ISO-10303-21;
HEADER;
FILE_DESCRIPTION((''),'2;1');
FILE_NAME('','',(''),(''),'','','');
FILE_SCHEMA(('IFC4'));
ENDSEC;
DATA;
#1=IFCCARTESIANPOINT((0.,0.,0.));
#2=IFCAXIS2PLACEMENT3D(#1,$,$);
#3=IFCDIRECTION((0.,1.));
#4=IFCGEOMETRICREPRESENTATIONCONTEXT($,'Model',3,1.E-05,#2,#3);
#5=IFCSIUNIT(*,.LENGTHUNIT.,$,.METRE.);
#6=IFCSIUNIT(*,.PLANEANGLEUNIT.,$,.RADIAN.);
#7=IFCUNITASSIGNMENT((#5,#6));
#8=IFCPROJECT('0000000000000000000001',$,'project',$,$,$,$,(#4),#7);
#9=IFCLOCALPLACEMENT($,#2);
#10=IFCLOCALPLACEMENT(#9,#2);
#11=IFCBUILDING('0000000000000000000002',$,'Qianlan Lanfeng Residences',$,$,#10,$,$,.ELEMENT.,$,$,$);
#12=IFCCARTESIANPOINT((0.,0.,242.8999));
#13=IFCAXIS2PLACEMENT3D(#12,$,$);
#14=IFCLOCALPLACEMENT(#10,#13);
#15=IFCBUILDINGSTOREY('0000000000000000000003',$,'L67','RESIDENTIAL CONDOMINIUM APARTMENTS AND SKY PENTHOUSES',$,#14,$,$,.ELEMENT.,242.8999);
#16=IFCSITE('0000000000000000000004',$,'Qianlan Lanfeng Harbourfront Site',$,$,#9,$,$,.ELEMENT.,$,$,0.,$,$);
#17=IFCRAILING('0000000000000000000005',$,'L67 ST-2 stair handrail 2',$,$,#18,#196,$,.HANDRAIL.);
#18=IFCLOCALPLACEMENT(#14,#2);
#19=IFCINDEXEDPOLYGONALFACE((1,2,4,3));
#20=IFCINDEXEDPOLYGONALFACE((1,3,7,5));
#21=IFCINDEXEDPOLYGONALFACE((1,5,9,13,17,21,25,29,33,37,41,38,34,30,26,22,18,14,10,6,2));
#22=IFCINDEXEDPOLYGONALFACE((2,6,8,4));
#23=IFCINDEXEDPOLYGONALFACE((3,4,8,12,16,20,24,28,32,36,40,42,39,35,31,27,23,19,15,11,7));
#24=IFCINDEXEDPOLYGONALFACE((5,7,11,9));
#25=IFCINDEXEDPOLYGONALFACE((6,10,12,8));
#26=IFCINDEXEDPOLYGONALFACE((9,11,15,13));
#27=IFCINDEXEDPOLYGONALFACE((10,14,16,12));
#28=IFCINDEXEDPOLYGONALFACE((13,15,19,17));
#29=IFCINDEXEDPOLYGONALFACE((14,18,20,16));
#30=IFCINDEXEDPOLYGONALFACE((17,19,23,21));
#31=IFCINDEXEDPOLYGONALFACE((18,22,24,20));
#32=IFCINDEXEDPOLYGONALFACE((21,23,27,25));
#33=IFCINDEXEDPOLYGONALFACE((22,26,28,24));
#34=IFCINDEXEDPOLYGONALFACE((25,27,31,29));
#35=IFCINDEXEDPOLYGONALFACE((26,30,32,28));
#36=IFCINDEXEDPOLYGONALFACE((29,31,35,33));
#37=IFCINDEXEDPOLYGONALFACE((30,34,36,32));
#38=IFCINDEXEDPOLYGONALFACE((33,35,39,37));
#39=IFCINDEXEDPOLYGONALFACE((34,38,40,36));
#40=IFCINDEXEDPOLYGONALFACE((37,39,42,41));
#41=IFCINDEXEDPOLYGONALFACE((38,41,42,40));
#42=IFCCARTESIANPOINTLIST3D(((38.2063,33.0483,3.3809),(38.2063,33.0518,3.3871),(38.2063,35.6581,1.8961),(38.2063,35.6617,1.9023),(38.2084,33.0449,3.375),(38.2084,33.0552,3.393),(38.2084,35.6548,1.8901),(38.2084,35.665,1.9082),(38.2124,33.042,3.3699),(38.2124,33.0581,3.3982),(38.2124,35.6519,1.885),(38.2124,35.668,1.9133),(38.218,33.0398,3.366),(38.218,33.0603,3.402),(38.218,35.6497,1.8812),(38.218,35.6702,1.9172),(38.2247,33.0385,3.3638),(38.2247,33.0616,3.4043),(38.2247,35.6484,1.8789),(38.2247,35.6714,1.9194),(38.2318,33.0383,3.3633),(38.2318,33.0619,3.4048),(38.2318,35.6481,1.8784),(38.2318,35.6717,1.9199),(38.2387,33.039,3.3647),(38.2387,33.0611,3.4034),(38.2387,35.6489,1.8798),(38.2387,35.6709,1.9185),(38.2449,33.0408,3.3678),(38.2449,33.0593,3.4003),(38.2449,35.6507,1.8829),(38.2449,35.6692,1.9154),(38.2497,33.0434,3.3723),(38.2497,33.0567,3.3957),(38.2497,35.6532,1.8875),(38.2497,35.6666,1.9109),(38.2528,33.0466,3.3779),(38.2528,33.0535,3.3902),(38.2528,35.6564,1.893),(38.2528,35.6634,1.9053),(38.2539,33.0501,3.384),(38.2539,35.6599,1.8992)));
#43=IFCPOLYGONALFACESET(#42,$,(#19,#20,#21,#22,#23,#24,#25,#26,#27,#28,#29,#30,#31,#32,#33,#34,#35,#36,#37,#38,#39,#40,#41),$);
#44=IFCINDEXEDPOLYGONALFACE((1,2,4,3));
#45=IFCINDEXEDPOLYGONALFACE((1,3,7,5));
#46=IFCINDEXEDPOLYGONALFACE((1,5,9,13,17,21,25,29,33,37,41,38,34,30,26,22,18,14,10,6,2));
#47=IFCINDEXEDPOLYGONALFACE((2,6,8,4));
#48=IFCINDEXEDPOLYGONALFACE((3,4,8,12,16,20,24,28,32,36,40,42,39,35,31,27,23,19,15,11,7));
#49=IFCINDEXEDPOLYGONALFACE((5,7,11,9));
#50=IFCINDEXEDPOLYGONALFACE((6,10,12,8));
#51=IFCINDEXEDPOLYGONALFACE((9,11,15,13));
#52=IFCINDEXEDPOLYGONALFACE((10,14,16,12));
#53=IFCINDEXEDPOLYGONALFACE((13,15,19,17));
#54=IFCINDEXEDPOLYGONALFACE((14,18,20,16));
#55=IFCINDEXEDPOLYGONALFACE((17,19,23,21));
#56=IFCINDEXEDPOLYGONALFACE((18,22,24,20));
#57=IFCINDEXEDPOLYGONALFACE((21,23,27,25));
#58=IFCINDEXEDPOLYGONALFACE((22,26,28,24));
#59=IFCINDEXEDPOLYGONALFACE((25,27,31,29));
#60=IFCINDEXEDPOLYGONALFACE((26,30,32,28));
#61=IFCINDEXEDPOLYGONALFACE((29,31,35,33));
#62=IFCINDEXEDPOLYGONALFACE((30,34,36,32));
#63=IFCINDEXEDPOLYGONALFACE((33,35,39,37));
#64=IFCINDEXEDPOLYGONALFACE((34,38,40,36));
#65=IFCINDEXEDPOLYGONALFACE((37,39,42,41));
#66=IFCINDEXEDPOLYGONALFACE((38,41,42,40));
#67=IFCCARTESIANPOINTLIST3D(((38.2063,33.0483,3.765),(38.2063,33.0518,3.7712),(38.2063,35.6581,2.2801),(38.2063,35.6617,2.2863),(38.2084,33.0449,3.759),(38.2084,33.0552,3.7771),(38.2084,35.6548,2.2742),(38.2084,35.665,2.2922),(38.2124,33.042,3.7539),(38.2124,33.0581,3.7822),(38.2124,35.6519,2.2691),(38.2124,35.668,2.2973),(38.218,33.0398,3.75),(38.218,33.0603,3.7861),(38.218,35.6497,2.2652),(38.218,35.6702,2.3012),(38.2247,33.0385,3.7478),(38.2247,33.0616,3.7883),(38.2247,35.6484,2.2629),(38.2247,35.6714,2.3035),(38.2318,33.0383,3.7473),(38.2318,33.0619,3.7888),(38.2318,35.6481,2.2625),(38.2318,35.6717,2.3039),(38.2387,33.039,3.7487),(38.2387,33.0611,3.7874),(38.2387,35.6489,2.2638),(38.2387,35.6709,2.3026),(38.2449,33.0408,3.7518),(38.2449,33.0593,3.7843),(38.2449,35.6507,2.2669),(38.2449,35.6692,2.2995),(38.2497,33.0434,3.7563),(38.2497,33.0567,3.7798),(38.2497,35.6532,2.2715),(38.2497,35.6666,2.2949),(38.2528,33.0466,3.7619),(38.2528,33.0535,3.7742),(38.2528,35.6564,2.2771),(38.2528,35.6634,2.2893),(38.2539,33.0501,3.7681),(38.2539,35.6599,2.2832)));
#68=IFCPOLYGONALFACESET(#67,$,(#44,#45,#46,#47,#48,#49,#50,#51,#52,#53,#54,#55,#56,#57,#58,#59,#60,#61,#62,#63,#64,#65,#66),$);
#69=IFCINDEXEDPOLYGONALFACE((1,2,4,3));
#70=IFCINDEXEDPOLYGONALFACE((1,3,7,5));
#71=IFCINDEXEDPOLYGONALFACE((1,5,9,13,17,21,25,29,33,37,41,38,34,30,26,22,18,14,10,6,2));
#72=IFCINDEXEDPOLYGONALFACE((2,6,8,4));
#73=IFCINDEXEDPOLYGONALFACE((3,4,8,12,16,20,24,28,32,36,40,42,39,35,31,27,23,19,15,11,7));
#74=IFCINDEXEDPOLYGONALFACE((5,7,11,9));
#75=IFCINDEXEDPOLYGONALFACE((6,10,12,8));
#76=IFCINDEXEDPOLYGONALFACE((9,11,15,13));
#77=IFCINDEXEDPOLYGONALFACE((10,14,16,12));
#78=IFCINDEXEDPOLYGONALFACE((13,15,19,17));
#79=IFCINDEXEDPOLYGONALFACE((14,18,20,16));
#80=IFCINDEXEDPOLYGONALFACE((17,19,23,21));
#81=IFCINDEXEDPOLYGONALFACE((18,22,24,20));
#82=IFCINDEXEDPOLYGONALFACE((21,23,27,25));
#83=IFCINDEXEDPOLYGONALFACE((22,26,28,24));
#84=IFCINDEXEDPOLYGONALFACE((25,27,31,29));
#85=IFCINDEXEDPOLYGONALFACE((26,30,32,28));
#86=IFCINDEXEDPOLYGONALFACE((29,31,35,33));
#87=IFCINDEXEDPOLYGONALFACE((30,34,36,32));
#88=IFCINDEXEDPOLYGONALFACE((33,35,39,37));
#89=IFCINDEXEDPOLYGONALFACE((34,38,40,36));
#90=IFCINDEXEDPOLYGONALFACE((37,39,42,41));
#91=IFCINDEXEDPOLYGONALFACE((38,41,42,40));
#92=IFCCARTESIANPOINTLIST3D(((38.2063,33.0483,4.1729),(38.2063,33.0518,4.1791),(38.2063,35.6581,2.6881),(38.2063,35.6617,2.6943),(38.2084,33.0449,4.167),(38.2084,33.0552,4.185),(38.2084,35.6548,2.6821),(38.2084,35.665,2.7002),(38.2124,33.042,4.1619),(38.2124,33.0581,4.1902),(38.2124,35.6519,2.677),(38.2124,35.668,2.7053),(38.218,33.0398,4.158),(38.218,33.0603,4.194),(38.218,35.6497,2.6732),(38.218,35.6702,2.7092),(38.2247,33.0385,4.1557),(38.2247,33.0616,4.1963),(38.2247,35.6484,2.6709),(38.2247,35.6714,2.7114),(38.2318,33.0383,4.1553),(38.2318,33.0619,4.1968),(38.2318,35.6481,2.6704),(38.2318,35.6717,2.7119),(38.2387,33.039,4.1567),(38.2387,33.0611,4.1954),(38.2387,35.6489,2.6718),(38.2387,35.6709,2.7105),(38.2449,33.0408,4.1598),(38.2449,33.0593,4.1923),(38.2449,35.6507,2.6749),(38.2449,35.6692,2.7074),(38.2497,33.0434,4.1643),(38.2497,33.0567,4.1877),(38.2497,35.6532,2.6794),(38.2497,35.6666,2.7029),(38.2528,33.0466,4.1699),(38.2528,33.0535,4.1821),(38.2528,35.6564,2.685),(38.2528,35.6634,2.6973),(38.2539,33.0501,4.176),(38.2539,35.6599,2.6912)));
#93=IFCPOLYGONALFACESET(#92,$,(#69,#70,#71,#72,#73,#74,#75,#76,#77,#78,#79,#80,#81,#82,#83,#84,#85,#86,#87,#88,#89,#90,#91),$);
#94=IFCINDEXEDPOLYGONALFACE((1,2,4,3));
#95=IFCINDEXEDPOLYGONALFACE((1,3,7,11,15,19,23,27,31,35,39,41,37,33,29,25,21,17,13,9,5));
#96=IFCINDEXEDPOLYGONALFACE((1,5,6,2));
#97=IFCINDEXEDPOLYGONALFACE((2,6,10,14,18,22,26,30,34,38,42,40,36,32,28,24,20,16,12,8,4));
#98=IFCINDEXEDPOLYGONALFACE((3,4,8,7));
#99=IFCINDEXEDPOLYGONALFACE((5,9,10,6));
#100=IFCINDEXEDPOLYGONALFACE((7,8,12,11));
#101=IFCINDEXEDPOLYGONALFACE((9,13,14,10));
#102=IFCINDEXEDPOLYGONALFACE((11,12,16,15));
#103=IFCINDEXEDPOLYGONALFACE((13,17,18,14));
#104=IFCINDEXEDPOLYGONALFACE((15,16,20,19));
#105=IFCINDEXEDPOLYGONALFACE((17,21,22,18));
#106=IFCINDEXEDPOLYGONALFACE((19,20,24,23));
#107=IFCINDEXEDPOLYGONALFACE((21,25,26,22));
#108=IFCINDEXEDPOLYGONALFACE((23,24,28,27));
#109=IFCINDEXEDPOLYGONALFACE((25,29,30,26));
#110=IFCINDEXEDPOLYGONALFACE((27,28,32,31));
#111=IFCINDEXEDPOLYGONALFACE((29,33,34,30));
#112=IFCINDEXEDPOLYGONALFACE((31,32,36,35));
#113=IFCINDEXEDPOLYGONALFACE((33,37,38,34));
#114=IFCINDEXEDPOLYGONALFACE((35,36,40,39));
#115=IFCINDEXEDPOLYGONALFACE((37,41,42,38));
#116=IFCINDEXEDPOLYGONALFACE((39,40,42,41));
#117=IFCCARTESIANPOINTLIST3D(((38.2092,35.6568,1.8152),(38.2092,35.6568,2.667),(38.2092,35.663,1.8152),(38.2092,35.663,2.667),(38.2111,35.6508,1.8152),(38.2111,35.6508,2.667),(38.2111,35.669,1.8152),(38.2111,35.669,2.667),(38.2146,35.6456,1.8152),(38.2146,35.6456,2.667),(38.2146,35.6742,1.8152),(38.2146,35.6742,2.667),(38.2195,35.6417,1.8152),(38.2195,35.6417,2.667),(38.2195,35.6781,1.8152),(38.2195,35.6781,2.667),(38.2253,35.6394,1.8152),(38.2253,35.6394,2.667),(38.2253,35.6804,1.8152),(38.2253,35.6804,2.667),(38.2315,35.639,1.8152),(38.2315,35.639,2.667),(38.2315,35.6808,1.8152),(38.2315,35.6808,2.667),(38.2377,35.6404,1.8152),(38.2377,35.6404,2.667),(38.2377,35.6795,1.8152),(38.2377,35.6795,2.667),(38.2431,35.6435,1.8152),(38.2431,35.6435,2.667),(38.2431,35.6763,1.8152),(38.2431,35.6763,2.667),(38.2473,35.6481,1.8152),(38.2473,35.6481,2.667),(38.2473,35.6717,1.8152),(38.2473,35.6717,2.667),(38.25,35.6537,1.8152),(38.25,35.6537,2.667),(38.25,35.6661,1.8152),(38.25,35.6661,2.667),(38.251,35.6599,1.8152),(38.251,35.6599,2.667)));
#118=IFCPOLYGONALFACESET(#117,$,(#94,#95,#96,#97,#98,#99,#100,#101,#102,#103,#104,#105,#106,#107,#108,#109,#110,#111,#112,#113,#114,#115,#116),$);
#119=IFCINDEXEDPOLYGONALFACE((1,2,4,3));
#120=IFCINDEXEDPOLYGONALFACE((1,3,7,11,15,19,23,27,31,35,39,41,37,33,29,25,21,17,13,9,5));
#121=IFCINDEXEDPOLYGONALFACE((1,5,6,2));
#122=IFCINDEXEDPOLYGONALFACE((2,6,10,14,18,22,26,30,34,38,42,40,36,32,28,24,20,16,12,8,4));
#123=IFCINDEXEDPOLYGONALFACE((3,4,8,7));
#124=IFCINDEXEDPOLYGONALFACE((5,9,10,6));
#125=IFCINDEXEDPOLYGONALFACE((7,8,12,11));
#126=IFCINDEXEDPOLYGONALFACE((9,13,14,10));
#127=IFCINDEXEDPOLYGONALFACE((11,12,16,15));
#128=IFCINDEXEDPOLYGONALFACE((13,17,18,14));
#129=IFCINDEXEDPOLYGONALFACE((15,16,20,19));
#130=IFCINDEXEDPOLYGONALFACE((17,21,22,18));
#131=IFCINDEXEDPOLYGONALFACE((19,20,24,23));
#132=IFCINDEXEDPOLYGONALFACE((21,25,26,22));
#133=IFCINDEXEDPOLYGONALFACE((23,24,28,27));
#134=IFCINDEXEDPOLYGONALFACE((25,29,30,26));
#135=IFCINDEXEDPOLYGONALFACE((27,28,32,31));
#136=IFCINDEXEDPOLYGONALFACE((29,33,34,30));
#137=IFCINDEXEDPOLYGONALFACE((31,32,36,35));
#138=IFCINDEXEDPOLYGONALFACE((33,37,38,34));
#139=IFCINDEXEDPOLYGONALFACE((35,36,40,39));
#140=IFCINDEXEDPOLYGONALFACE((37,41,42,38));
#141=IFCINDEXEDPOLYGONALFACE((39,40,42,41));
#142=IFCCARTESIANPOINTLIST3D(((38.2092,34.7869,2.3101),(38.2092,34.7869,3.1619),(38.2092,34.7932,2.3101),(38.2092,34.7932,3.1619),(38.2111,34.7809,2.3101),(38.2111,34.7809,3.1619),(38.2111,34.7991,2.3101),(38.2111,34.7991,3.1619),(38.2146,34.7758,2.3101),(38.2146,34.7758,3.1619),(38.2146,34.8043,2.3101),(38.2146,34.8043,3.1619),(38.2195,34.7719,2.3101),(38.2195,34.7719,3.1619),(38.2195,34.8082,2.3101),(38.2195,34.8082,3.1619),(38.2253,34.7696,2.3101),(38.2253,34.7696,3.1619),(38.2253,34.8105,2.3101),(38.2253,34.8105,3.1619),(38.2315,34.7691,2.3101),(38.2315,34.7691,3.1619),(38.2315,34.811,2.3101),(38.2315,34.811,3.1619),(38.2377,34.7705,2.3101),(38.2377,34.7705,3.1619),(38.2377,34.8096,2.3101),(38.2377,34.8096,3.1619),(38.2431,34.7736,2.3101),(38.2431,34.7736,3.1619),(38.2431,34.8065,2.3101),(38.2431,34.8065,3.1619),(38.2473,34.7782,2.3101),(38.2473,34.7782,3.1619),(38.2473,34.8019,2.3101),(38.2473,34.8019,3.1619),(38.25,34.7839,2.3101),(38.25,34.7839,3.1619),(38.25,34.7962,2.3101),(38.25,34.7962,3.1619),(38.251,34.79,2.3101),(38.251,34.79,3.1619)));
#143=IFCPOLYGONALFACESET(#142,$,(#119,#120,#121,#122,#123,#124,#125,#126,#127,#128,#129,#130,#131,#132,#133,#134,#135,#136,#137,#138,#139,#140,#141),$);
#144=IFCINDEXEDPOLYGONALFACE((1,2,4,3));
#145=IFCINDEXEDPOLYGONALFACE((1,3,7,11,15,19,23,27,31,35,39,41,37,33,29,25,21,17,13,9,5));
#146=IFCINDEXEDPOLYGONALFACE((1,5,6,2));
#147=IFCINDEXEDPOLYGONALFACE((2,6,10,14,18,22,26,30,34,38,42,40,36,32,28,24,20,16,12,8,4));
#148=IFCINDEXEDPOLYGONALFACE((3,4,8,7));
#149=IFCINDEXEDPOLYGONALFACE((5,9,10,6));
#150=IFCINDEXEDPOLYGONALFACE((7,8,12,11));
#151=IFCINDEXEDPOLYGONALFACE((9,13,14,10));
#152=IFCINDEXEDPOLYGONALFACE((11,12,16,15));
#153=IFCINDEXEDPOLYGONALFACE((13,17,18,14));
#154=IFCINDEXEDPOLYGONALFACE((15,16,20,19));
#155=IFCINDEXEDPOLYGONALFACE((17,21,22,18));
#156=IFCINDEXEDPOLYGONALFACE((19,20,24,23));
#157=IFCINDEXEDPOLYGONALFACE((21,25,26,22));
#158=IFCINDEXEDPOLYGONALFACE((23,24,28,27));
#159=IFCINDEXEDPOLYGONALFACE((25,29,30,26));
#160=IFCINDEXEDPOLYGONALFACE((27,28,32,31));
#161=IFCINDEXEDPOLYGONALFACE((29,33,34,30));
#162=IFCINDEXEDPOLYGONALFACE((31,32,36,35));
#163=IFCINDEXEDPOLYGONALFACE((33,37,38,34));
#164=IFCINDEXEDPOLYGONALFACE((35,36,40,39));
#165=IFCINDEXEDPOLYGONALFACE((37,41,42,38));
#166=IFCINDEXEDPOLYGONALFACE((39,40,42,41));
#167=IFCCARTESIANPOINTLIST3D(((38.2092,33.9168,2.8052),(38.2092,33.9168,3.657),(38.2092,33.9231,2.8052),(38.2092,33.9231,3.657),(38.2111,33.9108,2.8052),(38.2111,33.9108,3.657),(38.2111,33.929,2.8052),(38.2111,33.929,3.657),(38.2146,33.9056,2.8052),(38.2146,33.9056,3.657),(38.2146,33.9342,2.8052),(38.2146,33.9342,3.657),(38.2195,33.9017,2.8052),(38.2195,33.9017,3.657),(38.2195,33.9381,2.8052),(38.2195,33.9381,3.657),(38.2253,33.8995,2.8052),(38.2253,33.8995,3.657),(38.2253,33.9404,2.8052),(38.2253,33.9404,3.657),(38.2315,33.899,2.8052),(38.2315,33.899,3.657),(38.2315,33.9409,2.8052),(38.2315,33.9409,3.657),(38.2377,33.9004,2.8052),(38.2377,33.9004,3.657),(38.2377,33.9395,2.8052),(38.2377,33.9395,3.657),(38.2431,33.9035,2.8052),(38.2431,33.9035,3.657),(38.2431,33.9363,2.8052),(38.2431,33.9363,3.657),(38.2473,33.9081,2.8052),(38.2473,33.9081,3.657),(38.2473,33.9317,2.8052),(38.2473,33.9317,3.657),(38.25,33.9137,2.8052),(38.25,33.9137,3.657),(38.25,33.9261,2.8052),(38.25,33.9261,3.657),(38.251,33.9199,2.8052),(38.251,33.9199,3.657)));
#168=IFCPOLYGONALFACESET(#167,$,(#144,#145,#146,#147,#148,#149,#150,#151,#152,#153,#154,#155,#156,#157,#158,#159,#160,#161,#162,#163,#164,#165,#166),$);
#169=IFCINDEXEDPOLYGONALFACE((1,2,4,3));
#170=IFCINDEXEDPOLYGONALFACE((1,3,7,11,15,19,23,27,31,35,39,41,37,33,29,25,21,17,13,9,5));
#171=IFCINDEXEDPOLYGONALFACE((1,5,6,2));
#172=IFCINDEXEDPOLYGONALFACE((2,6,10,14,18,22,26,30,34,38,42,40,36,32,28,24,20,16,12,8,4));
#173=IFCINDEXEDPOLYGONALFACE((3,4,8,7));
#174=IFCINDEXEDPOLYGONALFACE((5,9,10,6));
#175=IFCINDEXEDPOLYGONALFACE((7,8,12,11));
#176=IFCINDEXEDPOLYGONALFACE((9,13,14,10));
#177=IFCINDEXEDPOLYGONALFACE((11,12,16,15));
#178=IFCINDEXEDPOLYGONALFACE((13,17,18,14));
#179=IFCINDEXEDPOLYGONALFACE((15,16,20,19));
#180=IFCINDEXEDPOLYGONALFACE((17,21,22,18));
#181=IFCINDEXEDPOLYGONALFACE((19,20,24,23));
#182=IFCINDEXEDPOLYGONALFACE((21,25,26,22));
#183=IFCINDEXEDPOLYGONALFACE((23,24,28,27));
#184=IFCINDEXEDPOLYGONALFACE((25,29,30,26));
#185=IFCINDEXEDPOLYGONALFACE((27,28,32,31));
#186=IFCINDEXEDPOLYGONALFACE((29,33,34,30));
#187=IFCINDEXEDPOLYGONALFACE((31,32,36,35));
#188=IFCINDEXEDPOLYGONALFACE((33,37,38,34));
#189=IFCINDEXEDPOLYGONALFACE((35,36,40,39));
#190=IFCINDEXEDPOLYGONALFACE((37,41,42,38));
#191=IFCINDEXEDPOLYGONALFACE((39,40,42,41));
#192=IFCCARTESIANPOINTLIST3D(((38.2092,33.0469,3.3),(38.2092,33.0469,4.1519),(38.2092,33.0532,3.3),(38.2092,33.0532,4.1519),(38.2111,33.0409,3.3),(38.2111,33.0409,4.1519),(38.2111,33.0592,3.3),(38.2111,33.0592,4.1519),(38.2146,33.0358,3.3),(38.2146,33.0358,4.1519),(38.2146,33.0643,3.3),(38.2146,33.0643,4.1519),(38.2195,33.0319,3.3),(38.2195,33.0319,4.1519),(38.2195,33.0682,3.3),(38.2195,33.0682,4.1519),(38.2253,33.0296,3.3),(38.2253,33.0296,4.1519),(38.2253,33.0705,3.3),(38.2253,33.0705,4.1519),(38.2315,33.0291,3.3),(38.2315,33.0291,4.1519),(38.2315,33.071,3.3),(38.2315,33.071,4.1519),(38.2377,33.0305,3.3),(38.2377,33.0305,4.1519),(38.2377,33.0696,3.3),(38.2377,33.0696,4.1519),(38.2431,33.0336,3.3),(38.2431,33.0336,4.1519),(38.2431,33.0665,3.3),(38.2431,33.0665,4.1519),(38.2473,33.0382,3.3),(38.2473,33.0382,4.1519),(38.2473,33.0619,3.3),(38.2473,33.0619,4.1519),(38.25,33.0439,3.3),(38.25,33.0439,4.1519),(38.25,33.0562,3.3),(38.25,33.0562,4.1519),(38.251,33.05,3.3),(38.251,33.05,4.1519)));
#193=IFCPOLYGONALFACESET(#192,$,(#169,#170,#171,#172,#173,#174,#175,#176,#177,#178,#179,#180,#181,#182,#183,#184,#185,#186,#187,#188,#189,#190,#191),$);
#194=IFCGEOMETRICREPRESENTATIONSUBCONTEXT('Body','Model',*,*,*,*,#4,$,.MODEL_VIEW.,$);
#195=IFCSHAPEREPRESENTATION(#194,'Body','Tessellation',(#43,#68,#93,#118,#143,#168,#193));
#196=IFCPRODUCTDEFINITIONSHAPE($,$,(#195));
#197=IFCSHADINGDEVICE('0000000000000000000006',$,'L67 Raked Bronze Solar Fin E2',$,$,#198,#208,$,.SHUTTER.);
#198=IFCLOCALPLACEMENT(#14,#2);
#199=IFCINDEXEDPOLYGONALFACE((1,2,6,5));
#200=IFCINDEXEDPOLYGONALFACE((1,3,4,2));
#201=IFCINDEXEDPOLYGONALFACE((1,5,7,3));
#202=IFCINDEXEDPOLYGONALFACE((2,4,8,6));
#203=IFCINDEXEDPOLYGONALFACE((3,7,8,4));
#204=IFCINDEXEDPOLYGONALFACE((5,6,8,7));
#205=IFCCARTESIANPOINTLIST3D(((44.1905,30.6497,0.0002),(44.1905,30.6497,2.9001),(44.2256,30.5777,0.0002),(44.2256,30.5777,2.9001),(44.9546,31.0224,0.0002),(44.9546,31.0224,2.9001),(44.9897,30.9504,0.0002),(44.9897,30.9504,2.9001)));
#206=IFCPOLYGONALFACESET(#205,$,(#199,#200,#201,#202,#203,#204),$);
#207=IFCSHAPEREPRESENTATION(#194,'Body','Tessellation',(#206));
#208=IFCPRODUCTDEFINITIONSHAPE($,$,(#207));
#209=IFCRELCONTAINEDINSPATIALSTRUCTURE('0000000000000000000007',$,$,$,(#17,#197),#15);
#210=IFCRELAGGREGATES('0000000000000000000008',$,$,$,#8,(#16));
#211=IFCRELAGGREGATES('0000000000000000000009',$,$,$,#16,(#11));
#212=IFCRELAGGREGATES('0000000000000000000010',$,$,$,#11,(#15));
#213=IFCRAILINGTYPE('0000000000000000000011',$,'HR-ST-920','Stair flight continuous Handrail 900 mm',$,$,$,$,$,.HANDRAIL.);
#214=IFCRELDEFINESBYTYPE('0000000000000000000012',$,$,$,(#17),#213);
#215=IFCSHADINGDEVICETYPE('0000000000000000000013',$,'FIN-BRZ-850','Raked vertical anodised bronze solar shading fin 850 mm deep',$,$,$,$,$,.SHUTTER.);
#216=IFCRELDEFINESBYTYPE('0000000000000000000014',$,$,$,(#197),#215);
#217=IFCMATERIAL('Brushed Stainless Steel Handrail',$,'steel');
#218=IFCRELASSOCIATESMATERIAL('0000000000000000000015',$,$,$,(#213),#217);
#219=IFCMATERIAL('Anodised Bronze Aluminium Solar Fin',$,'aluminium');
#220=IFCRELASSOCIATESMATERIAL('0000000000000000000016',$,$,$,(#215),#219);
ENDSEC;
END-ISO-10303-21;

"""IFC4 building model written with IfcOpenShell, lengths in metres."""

from ifc_helpers import new_model, si_unit, direction, frame, origin, origin_2d, place, context, subcontext, project, spatial, rectangle, circle, extrude, source, transform, mapped, material, type_object, element, save


model = new_model("IFC4")

# Units and contexts
model_context = context("Model", 3, precision=1e-05, world=origin(), true_north=direction((0.0, 1.0)))
body_context = subcontext(model_context, "Body", "Model", "MODEL_VIEW")
ifc_project = project(units=[si_unit("LENGTHUNIT", "METRE"), si_unit("PLANEANGLEUNIT", "RADIAN")], contexts=[model_context])

# Site, building, storey
site_placement = place(None, origin())
site = spatial("IfcSite", under=ifc_project, at=site_placement, Name="Qianlan Lanfeng Harbourfront Site", CompositionType="ELEMENT", RefElevation=0.0)
building_placement = place(site_placement, origin())
building = spatial("IfcBuilding", under=site, at=building_placement, Name="Qianlan Lanfeng Residences", CompositionType="ELEMENT")
storey_placement = place(building_placement, frame((0.0, 0.0, 242.8999)))
storey = spatial("IfcBuildingStorey", under=building, at=storey_placement, Name="L67", Description="RESIDENTIAL CONDOMINIUM APARTMENTS AND SKY PENTHOUSES", CompositionType="ELEMENT", Elevation=242.8999)

# Railing
ifc_material_1 = material(Name="Brushed Stainless Steel Handrail", Category="steel")
railing_type_1 = type_object("IfcRailingType", Name="HR-ST-920", Description="Stair flight continuous Handrail 900 mm", PredefinedType="HANDRAIL", material=ifc_material_1)
railing_1_placement = place(storey_placement, frame((38.23, 35.6599, 1.8152)))
element("IfcRailing", 1, at=railing_1_placement, inside=storey, type_object=railing_type_1, Name="L67 ST-2 stair handrail 2", PredefinedType="HANDRAIL", context=body_context, shape_type="SweptSolid", body=[
    extrude(circle(Radius=0.0239, at=origin_2d()), frame((0.0, 0.0, 0.084), z_axis=(0.0, -0.869172, 0.494509), x_axis=(1.0, 0.0, 0.0)), (0.0, 0.0, 1.0), 3.0027),
    extrude(circle(Radius=0.0239, at=origin_2d()), frame((0.0, 0.0, 0.468), z_axis=(0.0, -0.869172, 0.494509), x_axis=(1.0, 0.0, 0.0)), (0.0, 0.0, 1.0), 3.0027),
    extrude(circle(Radius=0.0239, at=origin_2d()), frame((0.0, 0.0, 0.876), z_axis=(0.0, -0.869172, 0.494509), x_axis=(1.0, 0.0, 0.0)), (0.0, 0.0, 1.0), 3.0027),
    extrude(circle(Radius=0.021, at=origin_2d()), origin(), (0.0, 0.0, 1.0), 0.8518),
    extrude(circle(Radius=0.021, at=origin_2d()), frame((0.0, -0.8699, 0.4949)), (0.0, 0.0, 1.0), 0.8518),
    extrude(circle(Radius=0.021, at=origin_2d()), frame((0.0, -1.74, 0.99)), (0.0, 0.0, 1.0), 0.8518),
    extrude(circle(Radius=0.021, at=origin_2d()), frame((0.0, -2.6099, 1.4849)), (0.0, 0.0, 1.0), 0.8518),
])

# Shading device
ifc_material_2 = material(Name="Anodised Bronze Aluminium Solar Fin", Category="aluminium")
shading_device_type = type_object("IfcShadingDeviceType", Name="FIN-BRZ-850", Description="Raked vertical anodised bronze solar shading fin 850 mm deep", PredefinedType="SHUTTER", material=ifc_material_2)
shared_shape = source(origin(), body_context, "Body", "SweptSolid", [
    extrude(rectangle(XDim=0.8501, YDim=0.0801, at=origin_2d()), origin(), (0.0, 0.0, 1.0), 2.8999),
])
shading_device_placement = place(storey_placement, frame((44.5901, 30.8, 0.0002), z_axis=(0.0, 0.0, 1.0), x_axis=(0.898794, 0.438371, 0.0)))
element("IfcShadingDevice", 2, at=shading_device_placement, inside=storey, type_object=shading_device_type, Name="L67 Raked Bronze Solar Fin E2", PredefinedType="SHUTTER", context=body_context, shape_type="MappedRepresentation", body=[
    mapped(shared_shape, transform((0.0, 0.0, 0.0), scale=1.0)),
])

save(model, "model.ifc")
